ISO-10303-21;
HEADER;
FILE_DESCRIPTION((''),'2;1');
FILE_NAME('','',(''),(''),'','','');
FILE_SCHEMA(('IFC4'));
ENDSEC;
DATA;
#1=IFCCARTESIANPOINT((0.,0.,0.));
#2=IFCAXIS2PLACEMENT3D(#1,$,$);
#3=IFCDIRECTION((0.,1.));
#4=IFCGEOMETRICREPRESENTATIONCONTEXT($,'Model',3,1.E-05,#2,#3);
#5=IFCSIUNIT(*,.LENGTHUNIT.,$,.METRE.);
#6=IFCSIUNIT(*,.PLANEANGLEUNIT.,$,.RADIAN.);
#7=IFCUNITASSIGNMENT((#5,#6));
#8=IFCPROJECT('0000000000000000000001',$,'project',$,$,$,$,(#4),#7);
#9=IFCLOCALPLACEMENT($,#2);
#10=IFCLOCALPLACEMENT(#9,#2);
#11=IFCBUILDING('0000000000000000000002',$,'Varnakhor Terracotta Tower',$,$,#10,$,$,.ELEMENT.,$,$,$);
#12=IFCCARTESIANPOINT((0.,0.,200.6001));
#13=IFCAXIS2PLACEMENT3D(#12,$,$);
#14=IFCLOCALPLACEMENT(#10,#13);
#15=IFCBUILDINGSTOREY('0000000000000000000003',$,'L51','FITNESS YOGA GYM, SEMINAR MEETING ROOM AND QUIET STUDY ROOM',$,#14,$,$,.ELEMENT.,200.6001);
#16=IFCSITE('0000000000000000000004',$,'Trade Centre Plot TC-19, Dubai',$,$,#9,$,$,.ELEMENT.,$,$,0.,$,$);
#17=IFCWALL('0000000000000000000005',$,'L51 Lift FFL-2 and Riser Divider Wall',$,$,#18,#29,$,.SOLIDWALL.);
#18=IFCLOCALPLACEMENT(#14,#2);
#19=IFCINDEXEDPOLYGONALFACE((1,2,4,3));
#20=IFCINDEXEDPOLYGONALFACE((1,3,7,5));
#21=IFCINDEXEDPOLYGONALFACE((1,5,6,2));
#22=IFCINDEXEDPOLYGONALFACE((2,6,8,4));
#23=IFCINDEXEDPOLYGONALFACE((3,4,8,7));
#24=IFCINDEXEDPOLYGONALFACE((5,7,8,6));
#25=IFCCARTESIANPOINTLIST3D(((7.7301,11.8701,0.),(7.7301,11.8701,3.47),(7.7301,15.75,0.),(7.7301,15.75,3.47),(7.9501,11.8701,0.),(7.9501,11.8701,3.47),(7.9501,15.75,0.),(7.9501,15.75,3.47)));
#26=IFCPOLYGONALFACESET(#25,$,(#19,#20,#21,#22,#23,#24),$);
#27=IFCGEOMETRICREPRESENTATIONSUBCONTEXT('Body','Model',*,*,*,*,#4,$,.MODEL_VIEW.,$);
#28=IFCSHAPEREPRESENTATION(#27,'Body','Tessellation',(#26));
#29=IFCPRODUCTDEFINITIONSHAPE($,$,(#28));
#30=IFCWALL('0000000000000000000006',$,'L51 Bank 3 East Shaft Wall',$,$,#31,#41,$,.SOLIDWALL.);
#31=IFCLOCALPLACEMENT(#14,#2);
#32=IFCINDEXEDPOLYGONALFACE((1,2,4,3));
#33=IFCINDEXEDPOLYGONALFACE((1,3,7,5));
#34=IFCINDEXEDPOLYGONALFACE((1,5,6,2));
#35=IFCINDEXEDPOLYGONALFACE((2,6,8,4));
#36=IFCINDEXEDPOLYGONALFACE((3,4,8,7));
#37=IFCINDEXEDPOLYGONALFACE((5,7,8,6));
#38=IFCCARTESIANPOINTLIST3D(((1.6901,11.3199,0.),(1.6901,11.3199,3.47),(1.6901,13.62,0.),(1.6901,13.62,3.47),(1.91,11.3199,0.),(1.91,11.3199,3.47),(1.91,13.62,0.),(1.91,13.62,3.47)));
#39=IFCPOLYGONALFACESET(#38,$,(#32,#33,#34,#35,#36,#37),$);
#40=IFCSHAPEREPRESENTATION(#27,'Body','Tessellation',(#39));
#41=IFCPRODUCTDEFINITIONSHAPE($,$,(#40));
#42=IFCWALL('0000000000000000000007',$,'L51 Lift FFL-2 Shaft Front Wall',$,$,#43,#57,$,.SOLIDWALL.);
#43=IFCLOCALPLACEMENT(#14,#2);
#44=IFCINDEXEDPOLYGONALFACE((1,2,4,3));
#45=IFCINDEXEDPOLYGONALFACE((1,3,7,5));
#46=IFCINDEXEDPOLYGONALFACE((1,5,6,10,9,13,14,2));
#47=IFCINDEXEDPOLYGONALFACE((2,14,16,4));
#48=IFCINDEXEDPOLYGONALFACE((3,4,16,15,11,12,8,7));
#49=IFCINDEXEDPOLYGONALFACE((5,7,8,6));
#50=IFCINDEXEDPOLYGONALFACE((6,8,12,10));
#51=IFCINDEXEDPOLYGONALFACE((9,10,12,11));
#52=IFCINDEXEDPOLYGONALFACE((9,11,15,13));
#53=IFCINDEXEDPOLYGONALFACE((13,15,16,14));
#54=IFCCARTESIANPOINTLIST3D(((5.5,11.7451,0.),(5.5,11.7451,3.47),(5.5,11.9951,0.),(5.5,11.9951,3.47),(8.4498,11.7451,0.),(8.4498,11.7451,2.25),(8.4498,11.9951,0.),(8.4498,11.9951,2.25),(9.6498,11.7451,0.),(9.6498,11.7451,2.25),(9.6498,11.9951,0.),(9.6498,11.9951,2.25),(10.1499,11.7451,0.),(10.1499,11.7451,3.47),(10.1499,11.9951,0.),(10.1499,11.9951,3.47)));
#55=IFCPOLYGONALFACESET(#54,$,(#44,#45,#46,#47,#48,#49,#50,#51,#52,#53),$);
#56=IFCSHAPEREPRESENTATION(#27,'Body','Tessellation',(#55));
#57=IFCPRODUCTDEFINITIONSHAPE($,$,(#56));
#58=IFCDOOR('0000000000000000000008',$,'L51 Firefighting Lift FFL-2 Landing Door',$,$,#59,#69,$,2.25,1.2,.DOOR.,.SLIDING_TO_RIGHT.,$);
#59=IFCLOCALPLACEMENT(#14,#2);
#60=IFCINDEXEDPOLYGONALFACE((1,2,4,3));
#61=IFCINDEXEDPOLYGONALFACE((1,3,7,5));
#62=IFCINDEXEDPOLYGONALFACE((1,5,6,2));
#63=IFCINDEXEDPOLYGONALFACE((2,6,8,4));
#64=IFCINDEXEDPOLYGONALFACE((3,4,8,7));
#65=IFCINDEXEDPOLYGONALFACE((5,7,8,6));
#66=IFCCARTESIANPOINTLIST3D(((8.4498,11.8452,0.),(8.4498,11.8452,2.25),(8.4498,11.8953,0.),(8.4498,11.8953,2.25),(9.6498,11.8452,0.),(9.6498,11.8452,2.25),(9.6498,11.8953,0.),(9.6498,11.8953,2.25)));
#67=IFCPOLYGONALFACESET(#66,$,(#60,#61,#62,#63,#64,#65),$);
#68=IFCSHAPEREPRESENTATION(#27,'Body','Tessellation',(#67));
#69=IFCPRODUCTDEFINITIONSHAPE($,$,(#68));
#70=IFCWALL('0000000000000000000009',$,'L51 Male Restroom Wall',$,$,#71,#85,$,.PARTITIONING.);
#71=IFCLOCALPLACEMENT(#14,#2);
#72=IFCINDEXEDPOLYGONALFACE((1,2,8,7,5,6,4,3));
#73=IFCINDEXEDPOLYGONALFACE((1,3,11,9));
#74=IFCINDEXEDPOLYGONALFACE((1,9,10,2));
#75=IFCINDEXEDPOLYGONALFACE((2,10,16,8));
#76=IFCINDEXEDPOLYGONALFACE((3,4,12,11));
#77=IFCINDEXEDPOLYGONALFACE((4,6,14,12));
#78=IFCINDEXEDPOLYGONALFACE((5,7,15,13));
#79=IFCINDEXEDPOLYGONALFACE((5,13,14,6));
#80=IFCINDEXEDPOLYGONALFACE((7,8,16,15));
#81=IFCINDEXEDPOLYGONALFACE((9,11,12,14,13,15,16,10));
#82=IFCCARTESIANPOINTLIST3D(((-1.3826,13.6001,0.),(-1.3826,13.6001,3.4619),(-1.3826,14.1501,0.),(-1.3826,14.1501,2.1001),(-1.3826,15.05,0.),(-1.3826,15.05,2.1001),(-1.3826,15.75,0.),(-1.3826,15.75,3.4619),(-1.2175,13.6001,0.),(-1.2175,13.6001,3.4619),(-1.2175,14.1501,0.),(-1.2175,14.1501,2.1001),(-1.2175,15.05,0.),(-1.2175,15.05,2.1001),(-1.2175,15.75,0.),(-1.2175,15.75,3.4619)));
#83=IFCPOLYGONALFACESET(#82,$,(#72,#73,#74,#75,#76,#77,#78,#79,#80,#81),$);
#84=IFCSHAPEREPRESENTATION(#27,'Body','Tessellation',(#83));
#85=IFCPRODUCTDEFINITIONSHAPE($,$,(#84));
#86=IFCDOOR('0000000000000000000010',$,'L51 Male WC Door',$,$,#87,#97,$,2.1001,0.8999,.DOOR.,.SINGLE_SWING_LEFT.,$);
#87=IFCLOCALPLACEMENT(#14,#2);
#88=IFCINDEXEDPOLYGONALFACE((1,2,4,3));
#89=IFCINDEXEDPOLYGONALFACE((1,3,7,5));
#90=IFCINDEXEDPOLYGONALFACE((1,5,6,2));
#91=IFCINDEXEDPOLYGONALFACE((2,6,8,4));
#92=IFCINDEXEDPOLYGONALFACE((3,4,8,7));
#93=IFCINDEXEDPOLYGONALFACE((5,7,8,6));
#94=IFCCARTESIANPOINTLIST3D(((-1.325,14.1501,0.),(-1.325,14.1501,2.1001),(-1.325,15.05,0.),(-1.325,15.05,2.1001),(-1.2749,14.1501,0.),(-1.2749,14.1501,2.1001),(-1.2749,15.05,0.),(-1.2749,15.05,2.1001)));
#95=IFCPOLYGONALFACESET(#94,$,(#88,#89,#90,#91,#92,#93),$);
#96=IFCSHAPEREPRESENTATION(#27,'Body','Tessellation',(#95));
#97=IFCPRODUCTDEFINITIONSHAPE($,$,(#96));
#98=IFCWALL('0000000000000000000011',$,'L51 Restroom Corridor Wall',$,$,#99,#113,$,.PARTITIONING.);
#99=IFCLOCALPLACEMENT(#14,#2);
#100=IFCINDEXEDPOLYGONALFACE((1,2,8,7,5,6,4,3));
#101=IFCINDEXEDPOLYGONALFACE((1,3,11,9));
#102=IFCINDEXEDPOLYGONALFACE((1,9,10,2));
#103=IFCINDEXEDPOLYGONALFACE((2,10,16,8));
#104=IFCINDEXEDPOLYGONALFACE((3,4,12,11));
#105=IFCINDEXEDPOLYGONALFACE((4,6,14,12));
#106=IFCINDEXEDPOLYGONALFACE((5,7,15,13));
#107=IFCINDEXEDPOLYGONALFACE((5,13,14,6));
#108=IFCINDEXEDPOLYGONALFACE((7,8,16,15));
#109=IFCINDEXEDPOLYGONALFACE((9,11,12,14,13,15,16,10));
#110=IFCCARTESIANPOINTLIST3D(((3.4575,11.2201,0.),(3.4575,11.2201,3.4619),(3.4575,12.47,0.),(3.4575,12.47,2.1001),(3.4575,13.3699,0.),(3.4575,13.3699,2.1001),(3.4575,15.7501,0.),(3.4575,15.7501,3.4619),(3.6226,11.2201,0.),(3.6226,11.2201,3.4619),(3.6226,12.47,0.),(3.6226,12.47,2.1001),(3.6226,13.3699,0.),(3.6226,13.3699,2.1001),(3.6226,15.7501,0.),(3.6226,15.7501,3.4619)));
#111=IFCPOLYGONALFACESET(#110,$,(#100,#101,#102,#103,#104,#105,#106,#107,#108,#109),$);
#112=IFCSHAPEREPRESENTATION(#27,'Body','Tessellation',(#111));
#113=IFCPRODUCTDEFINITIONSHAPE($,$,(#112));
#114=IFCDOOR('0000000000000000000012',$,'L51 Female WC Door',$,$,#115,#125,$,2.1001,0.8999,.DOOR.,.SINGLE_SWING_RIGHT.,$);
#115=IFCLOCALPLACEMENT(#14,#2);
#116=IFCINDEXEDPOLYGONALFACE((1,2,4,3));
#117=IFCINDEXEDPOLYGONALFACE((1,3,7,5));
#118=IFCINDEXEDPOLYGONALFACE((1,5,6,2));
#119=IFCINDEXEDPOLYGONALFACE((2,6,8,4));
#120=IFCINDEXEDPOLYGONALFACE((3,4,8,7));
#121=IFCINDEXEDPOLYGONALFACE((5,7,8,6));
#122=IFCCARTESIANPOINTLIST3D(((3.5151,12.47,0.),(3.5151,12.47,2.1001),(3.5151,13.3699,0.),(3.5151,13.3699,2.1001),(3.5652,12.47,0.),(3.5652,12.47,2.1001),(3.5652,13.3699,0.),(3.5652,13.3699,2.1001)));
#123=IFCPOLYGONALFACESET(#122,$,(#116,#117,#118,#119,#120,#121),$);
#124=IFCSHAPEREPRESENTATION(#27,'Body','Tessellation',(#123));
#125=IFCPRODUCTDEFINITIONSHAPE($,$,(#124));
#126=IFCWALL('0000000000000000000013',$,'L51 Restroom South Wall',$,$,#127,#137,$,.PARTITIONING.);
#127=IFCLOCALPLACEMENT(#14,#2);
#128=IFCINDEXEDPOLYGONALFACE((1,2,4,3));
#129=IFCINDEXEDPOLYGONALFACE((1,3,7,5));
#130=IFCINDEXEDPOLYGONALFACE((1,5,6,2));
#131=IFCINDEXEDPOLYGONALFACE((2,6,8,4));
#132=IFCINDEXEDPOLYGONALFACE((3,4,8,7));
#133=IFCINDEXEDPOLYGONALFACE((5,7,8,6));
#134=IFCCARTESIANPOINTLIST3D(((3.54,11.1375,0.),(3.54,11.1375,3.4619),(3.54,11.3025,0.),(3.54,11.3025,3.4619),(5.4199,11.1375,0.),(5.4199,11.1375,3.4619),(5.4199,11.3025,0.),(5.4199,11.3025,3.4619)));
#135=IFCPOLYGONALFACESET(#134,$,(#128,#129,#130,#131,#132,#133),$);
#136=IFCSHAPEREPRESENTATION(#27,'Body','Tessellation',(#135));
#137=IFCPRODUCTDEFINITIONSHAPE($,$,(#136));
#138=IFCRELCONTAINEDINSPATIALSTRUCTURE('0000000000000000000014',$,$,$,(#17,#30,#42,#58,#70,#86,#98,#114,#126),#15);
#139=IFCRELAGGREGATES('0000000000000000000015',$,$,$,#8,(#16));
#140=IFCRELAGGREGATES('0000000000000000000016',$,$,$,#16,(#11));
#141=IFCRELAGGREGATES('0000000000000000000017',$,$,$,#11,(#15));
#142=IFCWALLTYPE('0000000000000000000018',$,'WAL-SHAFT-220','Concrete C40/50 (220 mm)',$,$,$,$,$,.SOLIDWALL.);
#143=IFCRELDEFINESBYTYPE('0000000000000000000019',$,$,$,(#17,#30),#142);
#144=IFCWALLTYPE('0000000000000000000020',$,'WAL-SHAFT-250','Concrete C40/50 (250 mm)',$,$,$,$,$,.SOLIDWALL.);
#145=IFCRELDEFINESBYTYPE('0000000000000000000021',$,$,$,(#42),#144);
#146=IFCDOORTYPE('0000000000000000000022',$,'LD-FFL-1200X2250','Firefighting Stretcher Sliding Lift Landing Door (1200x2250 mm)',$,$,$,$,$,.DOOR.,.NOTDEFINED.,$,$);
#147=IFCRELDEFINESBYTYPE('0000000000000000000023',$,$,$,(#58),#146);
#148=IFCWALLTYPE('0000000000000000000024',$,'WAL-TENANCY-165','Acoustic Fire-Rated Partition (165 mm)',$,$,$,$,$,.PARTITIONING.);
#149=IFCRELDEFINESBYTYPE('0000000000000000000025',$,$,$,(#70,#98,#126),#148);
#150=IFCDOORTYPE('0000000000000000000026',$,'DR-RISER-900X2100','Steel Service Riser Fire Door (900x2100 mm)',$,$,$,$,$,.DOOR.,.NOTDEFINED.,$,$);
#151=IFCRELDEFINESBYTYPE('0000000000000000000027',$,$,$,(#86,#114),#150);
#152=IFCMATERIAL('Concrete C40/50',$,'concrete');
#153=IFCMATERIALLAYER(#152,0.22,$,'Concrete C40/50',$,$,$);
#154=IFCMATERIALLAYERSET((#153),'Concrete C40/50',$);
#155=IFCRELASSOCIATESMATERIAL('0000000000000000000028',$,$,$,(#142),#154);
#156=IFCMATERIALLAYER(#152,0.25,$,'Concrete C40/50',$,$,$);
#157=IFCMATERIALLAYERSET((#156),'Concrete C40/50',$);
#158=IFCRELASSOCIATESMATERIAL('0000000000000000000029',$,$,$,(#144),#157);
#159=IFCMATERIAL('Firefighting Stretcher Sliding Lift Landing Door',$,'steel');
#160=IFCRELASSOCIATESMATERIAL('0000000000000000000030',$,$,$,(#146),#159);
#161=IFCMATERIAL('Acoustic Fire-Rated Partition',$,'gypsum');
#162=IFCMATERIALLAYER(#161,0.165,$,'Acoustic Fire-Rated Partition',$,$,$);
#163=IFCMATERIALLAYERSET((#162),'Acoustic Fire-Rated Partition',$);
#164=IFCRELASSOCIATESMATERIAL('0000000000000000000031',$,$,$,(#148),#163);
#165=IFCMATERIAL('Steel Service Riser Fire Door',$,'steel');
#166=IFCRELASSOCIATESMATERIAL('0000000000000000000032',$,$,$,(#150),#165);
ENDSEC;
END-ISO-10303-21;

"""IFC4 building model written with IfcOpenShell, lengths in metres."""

from ifc_helpers import new_model, si_unit, direction, frame, frame_2d, origin, place, context, subcontext, project, spatial, rectangle, extrude, source, transform, mapped, material, layer, layer_set, type_object, type_shapes, element, fill, save


model = new_model("IFC4")

# Units and contexts
model_context = context("Model", 3, precision=1e-05, world=origin(), true_north=direction((0.0, 1.0)))
body_context = subcontext(model_context, "Body", "Model", "MODEL_VIEW")
ifc_project = project(units=[si_unit("LENGTHUNIT", "METRE"), si_unit("PLANEANGLEUNIT", "RADIAN")], contexts=[model_context])

# Site, building, storey
site_placement = place(None, origin())
site = spatial("IfcSite", under=ifc_project, at=site_placement, Name="Trade Centre Plot TC-19, Dubai", CompositionType="ELEMENT", RefElevation=0.0)
building_placement = place(site_placement, origin())
building = spatial("IfcBuilding", under=site, at=building_placement, Name="Varnakhor Terracotta Tower", CompositionType="ELEMENT")
storey_placement = place(building_placement, frame((0.0, 0.0, 200.6001)))
storey = spatial("IfcBuildingStorey", under=building, at=storey_placement, Name="L51", Description="FITNESS YOGA GYM, SEMINAR MEETING ROOM AND QUIET STUDY ROOM", CompositionType="ELEMENT", Elevation=200.6001)

# Walls
ifc_material_1 = material(Name="Concrete C40/50", Category="concrete")
ifc_layer_1 = layer(ifc_material_1, 0.22, Name="Concrete C40/50")
ifc_layer_set_1 = layer_set([ifc_layer_1], Name="Concrete C40/50")
wall_type_1 = type_object("IfcWallType", Name="WAL-SHAFT-220", Description="Concrete C40/50 (220 mm)", PredefinedType="SOLIDWALL", material=ifc_layer_set_1)
wall_1_placement = place(storey_placement, frame((7.8401, 11.8701, 0.0), z_axis=(0.0, 0.0, 1.0), x_axis=(0.0, 1.0, 0.0)))
element("IfcWall", 1, at=wall_1_placement, inside=storey, type_object=wall_type_1, Name="L51 Lift FFL-2 and Riser Divider Wall", PredefinedType="SOLIDWALL", context=body_context, shape_type="SweptSolid", body=[
    extrude(rectangle(XDim=3.8799, YDim=0.22, at=frame_2d((1.9399, 0.0))), origin(), (0.0, 0.0, 1.0), 3.47),
])
wall_2_placement = place(storey_placement, frame((1.8, 11.3201, 0.0), z_axis=(0.0, 0.0, 1.0), x_axis=(0.0, 1.0, 0.0)))
element("IfcWall", 2, at=wall_2_placement, inside=storey, type_object=wall_type_1, Name="L51 Bank 3 East Shaft Wall", PredefinedType="SOLIDWALL", context=body_context, shape_type="SweptSolid", body=[
    extrude(rectangle(XDim=2.3, YDim=0.22, at=frame_2d((1.1499, 0.0))), origin(), (0.0, 0.0, 1.0), 3.47),
])

# Walls, openings, doors
ifc_layer_2 = layer(ifc_material_1, 0.25, Name="Concrete C40/50")
ifc_layer_set_2 = layer_set([ifc_layer_2], Name="Concrete C40/50")
wall_type_2 = type_object("IfcWallType", Name="WAL-SHAFT-250", Description="Concrete C40/50 (250 mm)", PredefinedType="SOLIDWALL", material=ifc_layer_set_2)
wall_3_placement = place(storey_placement, frame((10.1499, 11.8701, 0.0), z_axis=(0.0, 0.0, 1.0), x_axis=(-1.0, 0.0, 0.0)))
wall_3 = element("IfcWall", 3, at=wall_3_placement, inside=storey, type_object=wall_type_2, Name="L51 Lift FFL-2 Shaft Front Wall", PredefinedType="SOLIDWALL", context=body_context, shape_type="SweptSolid", body=[
    extrude(rectangle(XDim=4.6499, YDim=0.25, at=frame_2d((2.325, 0.0))), origin(), (0.0, 0.0, 1.0), 3.47),
])
opening_1_placement = place(wall_3_placement, frame((0.5, 0.0, 0.0)))
opening_1 = element("IfcOpeningElement", 4, at=opening_1_placement, cuts=wall_3, PredefinedType="OPENING", context=body_context, shape_type="SweptSolid", body=[
    extrude(rectangle(XDim=1.2, YDim=2.25, at=frame_2d((0.6001, 1.125))), frame((0.0, 0.135, 0.0), z_axis=(0.0, -1.0, 0.0), x_axis=(1.0, 0.0, 0.0)), (0.0, 0.0, 1.0), 0.27),
])
ifc_material_2 = material(Name="Firefighting Stretcher Sliding Lift Landing Door", Category="steel")
door_type_1 = type_object("IfcDoorType", Name="LD-FFL-1200X2250", Description="Firefighting Stretcher Sliding Lift Landing Door (1200x2250 mm)", OperationType="NOTDEFINED", PredefinedType="DOOR", material=ifc_material_2)
shared_shape_1 = source(origin(), body_context, "Body", "SweptSolid", [
    extrude(rectangle(XDim=1.2, YDim=2.25, at=frame_2d((0.6001, 1.125))), frame((0.0, 0.0249, 0.0), z_axis=(0.0, -1.0, 0.0), x_axis=(1.0, 0.0, 0.0)), (0.0, 0.0, 1.0), 0.05),
])
type_shapes(door_type_1, [shared_shape_1])
door_1_placement = place(opening_1_placement, origin())
door_1 = element("IfcDoor", 5, at=door_1_placement, inside=storey, type_object=door_type_1, Name="L51 Firefighting Lift FFL-2 Landing Door", OperationType="SLIDING_TO_RIGHT", OverallHeight=2.25, OverallWidth=1.2, PredefinedType="DOOR", context=body_context, shape_type="MappedRepresentation", body=[
    mapped(shared_shape_1, transform((0.0, 0.0, 0.0), scale=1.0)),
])
fill(opening_1, door_1)
ifc_material_3 = material(Name="Acoustic Fire-Rated Partition", Category="gypsum")
ifc_layer_3 = layer(ifc_material_3, 0.165, Name="Acoustic Fire-Rated Partition")
ifc_layer_set_3 = layer_set([ifc_layer_3], Name="Acoustic Fire-Rated Partition")
wall_type_3 = type_object("IfcWallType", Name="WAL-TENANCY-165", Description="Acoustic Fire-Rated Partition (165 mm)", PredefinedType="PARTITIONING", material=ifc_layer_set_3)
wall_4_placement = place(storey_placement, frame((-1.3, 13.6001, 0.0), z_axis=(0.0, 0.0, 1.0), x_axis=(0.0, 1.0, 0.0)))
wall_4 = element("IfcWall", 6, at=wall_4_placement, inside=storey, type_object=wall_type_3, Name="L51 Male Restroom Wall", PredefinedType="PARTITIONING", context=body_context, shape_type="SweptSolid", body=[
    extrude(rectangle(XDim=2.1499, YDim=0.165, at=frame_2d((1.075, 0.0))), origin(), (0.0, 0.0, 1.0), 3.4619),
])
opening_2_placement = place(wall_4_placement, frame((0.55, 0.0, 0.0)))
opening_2 = element("IfcOpeningElement", 7, at=opening_2_placement, cuts=wall_4, PredefinedType="OPENING", context=body_context, shape_type="SweptSolid", body=[
    extrude(rectangle(XDim=0.8999, YDim=2.1001, at=frame_2d((0.45, 1.05))), frame((0.0, 0.0925, 0.0), z_axis=(0.0, -1.0, 0.0), x_axis=(1.0, 0.0, 0.0)), (0.0, 0.0, 1.0), 0.1851),
])
ifc_material_4 = material(Name="Steel Service Riser Fire Door", Category="steel")
door_type_2 = type_object("IfcDoorType", Name="DR-RISER-900X2100", Description="Steel Service Riser Fire Door (900x2100 mm)", OperationType="NOTDEFINED", PredefinedType="DOOR", material=ifc_material_4)
shared_shape_2 = source(origin(), body_context, "Body", "SweptSolid", [
    extrude(rectangle(XDim=0.8999, YDim=2.1001, at=frame_2d((0.45, 1.05))), frame((0.0, 0.0249, 0.0), z_axis=(0.0, -1.0, 0.0), x_axis=(1.0, 0.0, 0.0)), (0.0, 0.0, 1.0), 0.05),
])
type_shapes(door_type_2, [shared_shape_2])
door_2_placement = place(opening_2_placement, origin())
door_2 = element("IfcDoor", 8, at=door_2_placement, inside=storey, type_object=door_type_2, Name="L51 Male WC Door", OperationType="SINGLE_SWING_LEFT", OverallHeight=2.1001, OverallWidth=0.8999, PredefinedType="DOOR", context=body_context, shape_type="MappedRepresentation", body=[
    mapped(shared_shape_2, transform((0.0, 0.0, 0.0), scale=1.0)),
])
fill(opening_2, door_2)
wall_5_placement = place(storey_placement, frame((3.54, 11.22, 0.0), z_axis=(0.0, 0.0, 1.0), x_axis=(0.0, 1.0, 0.0)))
wall_5 = element("IfcWall", 9, at=wall_5_placement, inside=storey, type_object=wall_type_3, Name="L51 Restroom Corridor Wall", PredefinedType="PARTITIONING", context=body_context, shape_type="SweptSolid", body=[
    extrude(rectangle(XDim=4.53, YDim=0.165, at=frame_2d((2.2651, 0.0))), origin(), (0.0, 0.0, 1.0), 3.4619),
])
opening_3_placement = place(wall_5_placement, frame((1.25, 0.0, 0.0)))
opening_3 = element("IfcOpeningElement", 10, at=opening_3_placement, cuts=wall_5, PredefinedType="OPENING", context=body_context, shape_type="SweptSolid", body=[
    extrude(rectangle(XDim=0.8999, YDim=2.1001, at=frame_2d((0.45, 1.05))), frame((0.0, 0.0925, 0.0), z_axis=(0.0, -1.0, 0.0), x_axis=(1.0, 0.0, 0.0)), (0.0, 0.0, 1.0), 0.1851),
])
door_3_placement = place(opening_3_placement, origin())
door_3 = element("IfcDoor", 11, at=door_3_placement, inside=storey, type_object=door_type_2, Name="L51 Female WC Door", OperationType="SINGLE_SWING_RIGHT", OverallHeight=2.1001, OverallWidth=0.8999, PredefinedType="DOOR", context=body_context, shape_type="MappedRepresentation", body=[
    mapped(shared_shape_2, transform((0.0, 0.0, 0.0), scale=1.0)),
])
fill(opening_3, door_3)

# Wall
wall_6_placement = place(storey_placement, frame((3.54, 11.22, 0.0), z_axis=(0.0, 0.0, 1.0), x_axis=(1.0, 0.0, 0.0)))
element("IfcWall", 12, at=wall_6_placement, inside=storey, type_object=wall_type_3, Name="L51 Restroom South Wall", PredefinedType="PARTITIONING", context=body_context, shape_type="SweptSolid", body=[
    extrude(rectangle(XDim=1.8799, YDim=0.165, at=frame_2d((0.9399, 0.0))), origin(), (0.0, 0.0, 1.0), 3.4619),
])

save(model, "model.ifc")
